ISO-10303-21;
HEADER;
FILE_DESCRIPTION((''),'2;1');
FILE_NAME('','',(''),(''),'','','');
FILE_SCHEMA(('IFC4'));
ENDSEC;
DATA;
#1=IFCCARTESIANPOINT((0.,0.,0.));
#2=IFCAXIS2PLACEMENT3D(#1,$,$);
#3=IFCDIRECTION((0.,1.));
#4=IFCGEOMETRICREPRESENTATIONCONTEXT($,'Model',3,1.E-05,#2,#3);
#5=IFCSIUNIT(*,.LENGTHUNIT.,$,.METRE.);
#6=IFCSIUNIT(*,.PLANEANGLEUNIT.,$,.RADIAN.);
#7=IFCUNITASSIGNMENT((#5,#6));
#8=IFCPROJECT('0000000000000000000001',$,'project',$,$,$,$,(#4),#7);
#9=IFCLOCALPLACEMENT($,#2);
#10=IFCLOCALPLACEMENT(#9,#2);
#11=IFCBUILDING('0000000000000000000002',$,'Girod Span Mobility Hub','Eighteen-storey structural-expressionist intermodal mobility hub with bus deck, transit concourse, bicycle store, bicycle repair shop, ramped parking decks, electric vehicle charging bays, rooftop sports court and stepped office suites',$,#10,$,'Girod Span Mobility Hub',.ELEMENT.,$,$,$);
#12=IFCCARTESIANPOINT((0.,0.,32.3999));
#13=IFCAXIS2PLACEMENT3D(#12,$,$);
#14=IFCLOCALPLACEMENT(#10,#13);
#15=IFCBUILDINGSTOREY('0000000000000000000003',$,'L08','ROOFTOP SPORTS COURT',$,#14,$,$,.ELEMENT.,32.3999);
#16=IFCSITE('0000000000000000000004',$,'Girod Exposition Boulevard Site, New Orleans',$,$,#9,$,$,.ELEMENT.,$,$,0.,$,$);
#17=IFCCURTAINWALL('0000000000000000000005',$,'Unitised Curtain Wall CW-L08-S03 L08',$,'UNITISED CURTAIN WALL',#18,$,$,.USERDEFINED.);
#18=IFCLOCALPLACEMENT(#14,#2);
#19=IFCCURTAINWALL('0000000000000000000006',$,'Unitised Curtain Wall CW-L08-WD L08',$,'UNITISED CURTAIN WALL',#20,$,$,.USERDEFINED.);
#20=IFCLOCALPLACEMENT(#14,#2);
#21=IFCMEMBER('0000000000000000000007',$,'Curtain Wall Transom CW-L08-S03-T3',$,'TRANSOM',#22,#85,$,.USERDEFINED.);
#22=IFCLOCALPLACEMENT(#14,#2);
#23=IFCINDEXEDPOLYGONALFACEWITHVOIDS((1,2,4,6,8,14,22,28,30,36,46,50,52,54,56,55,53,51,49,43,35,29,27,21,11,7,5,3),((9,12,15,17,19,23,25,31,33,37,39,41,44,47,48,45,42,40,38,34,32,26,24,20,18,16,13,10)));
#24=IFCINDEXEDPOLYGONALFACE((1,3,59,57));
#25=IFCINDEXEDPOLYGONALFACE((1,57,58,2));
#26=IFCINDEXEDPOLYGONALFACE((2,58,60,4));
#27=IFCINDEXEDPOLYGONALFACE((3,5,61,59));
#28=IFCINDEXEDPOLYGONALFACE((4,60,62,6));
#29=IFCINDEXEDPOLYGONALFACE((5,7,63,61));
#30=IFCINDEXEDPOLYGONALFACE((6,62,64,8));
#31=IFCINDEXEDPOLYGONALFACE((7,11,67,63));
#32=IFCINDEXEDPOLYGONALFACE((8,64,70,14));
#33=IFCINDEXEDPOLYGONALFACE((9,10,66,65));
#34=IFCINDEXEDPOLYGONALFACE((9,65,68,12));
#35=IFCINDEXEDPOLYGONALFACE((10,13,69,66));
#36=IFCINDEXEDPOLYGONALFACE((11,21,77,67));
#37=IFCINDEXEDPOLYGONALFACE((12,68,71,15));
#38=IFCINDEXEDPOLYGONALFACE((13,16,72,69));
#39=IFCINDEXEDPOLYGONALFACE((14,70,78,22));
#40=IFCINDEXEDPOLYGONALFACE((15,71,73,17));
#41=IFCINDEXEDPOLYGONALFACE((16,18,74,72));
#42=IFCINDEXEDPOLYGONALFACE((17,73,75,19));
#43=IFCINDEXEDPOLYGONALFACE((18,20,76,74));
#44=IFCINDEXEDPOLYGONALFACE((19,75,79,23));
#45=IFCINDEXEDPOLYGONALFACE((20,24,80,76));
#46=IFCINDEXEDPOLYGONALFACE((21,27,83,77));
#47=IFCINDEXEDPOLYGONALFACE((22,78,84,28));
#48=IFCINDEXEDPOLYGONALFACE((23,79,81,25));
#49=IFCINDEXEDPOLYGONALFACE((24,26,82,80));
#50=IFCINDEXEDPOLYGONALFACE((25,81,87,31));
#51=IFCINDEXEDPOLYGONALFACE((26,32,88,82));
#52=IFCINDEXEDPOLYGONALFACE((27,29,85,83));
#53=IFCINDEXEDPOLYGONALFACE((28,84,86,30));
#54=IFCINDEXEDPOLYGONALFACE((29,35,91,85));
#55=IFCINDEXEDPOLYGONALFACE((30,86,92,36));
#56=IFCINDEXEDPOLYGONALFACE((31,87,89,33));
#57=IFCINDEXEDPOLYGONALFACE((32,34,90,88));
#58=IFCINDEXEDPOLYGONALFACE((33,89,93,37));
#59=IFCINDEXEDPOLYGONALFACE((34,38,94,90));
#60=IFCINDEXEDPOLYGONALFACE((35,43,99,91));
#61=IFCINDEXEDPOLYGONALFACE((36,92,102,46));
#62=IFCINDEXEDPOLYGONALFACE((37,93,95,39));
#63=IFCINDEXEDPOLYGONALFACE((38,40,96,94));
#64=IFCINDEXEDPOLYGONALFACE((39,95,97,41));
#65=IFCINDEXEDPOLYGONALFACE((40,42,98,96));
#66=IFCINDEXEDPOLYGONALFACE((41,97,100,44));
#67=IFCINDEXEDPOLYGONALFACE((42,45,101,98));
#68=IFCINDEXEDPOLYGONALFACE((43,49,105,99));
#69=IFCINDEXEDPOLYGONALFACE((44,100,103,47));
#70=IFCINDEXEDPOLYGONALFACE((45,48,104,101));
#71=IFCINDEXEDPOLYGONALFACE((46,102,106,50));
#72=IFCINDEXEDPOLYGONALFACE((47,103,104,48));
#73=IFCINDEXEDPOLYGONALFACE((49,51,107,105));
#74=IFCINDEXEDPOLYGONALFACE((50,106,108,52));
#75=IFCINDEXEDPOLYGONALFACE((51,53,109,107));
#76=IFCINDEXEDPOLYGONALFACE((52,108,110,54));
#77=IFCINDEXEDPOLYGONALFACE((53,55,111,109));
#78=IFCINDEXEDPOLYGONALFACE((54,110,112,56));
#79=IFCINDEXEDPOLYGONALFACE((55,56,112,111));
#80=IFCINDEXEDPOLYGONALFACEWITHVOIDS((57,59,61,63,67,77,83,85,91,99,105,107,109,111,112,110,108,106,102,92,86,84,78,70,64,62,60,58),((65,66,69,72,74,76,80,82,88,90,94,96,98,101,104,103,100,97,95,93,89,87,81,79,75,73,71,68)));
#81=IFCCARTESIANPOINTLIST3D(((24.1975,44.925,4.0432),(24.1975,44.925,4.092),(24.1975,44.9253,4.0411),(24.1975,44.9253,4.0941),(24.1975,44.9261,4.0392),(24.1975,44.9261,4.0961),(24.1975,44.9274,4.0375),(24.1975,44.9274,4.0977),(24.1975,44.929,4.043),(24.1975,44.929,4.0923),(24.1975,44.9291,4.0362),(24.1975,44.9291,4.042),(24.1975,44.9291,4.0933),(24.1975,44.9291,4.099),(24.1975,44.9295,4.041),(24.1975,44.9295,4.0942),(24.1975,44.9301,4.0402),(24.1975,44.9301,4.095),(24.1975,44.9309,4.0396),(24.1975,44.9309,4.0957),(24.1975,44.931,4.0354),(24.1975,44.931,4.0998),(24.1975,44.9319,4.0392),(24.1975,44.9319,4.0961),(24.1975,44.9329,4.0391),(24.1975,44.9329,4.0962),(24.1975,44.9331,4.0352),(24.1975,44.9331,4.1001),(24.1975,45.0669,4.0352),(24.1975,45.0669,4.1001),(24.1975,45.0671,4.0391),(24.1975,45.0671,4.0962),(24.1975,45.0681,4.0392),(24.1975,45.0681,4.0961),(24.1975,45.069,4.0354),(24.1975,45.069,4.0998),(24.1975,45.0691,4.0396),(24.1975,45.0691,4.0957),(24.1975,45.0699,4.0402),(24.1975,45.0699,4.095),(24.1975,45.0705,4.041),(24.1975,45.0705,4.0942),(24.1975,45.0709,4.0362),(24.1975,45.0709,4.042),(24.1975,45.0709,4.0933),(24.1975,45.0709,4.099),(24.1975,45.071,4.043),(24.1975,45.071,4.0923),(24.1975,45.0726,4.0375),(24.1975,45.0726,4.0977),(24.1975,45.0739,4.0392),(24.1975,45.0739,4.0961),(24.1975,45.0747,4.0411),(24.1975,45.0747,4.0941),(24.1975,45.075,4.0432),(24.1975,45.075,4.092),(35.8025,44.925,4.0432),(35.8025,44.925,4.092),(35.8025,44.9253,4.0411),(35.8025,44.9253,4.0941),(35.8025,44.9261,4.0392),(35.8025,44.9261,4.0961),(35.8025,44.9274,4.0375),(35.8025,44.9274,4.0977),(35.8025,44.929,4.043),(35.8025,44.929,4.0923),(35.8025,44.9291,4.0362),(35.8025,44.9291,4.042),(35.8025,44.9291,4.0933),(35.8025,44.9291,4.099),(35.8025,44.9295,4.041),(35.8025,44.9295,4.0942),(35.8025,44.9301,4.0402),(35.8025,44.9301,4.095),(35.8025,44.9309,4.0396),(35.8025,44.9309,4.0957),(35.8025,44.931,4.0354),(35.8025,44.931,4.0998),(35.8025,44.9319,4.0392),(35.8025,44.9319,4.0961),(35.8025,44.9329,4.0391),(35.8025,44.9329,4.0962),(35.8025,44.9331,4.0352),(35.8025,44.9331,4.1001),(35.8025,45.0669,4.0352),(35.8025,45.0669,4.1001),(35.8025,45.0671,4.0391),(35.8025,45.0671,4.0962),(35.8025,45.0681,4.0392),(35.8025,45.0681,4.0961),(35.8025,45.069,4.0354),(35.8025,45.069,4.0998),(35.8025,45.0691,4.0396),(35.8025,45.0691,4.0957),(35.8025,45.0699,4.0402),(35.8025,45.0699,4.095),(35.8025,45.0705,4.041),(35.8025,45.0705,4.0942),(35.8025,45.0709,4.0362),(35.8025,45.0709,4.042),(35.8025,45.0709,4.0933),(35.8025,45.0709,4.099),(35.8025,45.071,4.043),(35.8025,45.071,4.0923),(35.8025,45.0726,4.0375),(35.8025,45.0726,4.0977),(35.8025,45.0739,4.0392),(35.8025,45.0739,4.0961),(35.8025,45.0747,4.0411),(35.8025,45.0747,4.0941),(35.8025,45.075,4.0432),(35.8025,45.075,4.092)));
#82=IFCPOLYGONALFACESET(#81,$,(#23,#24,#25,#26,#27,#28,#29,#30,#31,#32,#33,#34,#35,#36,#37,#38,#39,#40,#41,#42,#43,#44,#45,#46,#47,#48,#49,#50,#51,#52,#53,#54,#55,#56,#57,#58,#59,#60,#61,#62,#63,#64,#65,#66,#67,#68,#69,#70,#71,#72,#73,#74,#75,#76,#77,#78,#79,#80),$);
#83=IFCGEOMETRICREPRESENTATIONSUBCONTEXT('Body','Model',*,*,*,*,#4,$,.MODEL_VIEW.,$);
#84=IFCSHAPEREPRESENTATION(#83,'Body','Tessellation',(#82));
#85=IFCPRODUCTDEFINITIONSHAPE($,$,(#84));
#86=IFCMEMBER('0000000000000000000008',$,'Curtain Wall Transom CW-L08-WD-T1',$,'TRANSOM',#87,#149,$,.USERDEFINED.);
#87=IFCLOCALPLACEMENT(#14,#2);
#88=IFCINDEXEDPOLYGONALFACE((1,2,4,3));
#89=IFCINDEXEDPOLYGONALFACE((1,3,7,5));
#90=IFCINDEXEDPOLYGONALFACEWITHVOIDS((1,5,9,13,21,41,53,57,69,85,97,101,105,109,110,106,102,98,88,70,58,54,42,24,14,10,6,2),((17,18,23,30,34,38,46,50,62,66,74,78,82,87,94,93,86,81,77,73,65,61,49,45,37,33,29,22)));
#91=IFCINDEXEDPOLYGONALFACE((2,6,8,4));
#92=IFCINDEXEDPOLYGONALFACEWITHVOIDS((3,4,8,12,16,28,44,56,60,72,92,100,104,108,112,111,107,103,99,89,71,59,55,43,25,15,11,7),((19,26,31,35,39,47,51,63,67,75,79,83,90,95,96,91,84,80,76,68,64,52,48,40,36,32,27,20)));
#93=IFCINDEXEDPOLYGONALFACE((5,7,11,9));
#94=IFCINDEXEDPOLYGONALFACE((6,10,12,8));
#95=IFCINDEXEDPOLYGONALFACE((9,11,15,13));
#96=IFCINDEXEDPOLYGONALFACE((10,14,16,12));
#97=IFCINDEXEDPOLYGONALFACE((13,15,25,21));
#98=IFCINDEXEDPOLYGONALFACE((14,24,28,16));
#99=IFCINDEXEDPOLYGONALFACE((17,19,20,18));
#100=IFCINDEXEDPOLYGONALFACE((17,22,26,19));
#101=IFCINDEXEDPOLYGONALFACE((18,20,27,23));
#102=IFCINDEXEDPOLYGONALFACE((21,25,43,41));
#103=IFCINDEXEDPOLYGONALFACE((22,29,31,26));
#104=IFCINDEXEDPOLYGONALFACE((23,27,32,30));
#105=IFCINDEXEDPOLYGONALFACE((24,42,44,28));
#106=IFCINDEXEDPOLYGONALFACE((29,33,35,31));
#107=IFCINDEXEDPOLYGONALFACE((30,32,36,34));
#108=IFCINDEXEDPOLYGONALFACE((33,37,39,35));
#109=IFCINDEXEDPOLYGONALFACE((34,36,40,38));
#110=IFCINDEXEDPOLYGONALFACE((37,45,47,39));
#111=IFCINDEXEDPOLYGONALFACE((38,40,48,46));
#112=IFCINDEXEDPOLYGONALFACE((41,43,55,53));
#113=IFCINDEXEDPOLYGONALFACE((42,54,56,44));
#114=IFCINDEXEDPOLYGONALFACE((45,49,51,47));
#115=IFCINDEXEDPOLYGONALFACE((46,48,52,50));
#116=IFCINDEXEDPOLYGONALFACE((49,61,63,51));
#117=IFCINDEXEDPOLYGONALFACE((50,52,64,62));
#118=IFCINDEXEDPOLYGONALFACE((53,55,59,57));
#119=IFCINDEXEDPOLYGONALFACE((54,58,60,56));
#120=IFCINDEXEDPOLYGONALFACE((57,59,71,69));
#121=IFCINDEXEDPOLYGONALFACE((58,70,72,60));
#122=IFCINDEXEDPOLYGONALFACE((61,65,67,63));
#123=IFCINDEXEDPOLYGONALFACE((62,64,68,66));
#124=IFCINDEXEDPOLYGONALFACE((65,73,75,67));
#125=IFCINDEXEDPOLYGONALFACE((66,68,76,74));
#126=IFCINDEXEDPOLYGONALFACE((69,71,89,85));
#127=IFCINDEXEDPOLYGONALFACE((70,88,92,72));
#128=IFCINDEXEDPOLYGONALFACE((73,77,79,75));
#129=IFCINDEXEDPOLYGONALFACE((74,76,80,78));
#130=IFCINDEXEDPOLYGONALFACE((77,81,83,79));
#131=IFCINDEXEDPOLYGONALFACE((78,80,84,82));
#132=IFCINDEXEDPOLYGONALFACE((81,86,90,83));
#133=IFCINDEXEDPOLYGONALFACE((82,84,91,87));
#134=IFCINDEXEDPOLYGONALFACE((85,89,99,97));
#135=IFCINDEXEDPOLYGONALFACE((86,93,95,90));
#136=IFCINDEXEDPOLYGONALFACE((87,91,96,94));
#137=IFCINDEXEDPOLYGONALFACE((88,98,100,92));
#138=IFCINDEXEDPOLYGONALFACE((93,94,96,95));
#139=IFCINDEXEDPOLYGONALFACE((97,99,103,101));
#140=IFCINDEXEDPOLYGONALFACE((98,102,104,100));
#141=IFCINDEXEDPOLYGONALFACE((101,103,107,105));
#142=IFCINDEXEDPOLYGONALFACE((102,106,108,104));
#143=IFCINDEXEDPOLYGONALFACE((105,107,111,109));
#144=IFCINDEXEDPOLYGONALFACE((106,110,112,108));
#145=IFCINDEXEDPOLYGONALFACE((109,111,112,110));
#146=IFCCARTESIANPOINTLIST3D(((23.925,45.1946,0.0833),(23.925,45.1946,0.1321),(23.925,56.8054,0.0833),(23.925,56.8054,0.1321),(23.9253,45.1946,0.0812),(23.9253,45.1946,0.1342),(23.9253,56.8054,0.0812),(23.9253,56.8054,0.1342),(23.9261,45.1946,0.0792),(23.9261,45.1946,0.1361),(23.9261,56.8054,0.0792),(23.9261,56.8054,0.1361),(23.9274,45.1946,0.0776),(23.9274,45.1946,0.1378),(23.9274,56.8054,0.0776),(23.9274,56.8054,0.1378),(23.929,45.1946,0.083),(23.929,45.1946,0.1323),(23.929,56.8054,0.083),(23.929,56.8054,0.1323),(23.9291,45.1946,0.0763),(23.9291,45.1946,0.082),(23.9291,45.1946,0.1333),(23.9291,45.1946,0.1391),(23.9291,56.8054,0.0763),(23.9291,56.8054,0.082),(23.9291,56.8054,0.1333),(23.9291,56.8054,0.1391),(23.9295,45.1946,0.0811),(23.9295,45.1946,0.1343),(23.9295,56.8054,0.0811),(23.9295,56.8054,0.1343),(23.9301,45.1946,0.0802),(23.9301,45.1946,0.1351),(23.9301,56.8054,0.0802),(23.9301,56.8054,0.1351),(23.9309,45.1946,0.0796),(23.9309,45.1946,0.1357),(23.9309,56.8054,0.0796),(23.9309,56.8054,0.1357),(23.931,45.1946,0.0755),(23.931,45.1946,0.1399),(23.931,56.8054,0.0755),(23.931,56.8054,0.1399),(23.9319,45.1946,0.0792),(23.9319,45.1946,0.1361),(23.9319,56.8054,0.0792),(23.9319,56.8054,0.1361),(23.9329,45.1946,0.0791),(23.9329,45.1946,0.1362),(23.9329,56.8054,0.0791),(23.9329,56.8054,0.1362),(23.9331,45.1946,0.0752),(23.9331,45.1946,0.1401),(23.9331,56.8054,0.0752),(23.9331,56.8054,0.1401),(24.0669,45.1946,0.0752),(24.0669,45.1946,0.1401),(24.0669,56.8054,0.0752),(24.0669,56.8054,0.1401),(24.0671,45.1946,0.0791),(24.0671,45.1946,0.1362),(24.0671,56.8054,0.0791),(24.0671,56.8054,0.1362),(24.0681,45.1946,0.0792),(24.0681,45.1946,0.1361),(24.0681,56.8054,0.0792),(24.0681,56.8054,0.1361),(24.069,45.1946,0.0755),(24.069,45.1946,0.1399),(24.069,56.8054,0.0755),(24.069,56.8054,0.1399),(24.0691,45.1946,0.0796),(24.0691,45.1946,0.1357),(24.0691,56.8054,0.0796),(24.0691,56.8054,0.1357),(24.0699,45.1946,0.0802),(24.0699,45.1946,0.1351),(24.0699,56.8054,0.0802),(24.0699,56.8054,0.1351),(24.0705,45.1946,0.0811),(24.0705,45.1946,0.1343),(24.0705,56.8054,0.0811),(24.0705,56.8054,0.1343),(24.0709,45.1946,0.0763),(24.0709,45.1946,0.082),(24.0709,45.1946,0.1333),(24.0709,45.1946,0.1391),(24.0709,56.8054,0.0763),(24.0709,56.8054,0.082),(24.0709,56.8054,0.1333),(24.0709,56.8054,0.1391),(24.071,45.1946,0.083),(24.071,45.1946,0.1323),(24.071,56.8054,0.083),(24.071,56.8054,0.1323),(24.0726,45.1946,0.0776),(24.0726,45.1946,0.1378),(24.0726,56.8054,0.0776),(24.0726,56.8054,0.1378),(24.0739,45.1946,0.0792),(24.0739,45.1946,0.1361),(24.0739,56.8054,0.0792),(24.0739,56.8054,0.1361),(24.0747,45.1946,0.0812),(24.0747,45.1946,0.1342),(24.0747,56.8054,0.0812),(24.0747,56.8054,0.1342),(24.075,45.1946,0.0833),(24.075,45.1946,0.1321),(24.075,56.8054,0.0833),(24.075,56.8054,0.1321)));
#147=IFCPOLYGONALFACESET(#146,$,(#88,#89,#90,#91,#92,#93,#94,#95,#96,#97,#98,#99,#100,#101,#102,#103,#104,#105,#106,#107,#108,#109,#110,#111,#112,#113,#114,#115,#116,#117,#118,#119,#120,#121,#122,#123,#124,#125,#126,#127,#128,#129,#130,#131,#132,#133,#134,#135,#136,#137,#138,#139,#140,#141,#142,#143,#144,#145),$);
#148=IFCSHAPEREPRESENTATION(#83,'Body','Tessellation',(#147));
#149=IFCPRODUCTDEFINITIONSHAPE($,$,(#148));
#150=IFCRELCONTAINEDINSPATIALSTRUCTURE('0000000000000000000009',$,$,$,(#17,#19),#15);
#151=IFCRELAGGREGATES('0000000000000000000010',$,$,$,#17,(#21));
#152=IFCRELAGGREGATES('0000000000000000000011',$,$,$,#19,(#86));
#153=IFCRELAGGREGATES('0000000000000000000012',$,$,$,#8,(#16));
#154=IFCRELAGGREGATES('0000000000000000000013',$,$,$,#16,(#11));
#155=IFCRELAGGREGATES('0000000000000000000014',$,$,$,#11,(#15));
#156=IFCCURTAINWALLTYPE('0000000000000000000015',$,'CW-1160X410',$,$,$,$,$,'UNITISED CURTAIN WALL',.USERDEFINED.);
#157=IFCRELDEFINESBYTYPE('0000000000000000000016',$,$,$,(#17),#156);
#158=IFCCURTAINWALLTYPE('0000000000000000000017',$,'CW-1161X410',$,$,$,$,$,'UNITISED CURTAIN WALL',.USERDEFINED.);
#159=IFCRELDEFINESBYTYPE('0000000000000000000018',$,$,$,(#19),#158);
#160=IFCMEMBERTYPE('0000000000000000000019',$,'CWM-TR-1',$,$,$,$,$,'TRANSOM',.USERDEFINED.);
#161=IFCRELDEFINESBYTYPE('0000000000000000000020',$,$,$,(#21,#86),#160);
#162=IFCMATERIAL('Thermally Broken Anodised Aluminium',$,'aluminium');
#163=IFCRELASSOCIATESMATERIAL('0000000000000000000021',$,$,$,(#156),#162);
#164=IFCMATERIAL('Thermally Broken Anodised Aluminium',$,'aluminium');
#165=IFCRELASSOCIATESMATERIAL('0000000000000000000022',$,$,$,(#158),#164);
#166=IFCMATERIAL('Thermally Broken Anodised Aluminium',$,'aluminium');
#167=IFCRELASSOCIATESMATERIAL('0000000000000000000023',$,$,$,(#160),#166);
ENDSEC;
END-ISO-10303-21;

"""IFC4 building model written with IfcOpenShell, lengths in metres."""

from ifc_helpers import new_model, si_unit, direction, frame, origin, origin_2d, place, context, subcontext, project, spatial, hollow_rectangle, extrude, material, material_profile, profile_set, type_object, element, aggregate, save


model = new_model("IFC4")

# Units and contexts
model_context = context("Model", 3, precision=1e-05, world=origin(), true_north=direction((0.0, 1.0)))
body_context = subcontext(model_context, "Body", "Model", "MODEL_VIEW")
ifc_project = project(units=[si_unit("LENGTHUNIT", "METRE"), si_unit("PLANEANGLEUNIT", "RADIAN")], contexts=[model_context])

# Site, building, storey
site_placement = place(None, origin())
site = spatial("IfcSite", under=ifc_project, at=site_placement, Name="Girod Exposition Boulevard Site, New Orleans", CompositionType="ELEMENT", RefElevation=0.0)
building_placement = place(site_placement, origin())
building = spatial("IfcBuilding", under=site, at=building_placement, Name="Girod Span Mobility Hub", Description="Eighteen-storey structural-expressionist intermodal mobility hub with bus deck, transit concourse, bicycle store, bicycle repair shop, ramped parking decks, electric vehicle charging bays, rooftop sports court and stepped office suites", LongName="Girod Span Mobility Hub", CompositionType="ELEMENT")
storey_placement = place(building_placement, frame((0.0, 0.0, 32.3999)))
storey = spatial("IfcBuildingStorey", under=building, at=storey_placement, Name="L08", Description="ROOFTOP SPORTS COURT", CompositionType="ELEMENT", Elevation=32.3999)

# Curtain walls
ifc_material_1 = material(Name="Thermally Broken Anodised Aluminium", Category="aluminium")
curtain_wall_type_1 = type_object("IfcCurtainWallType", Name="CW-1160X410", ElementType="UNITISED CURTAIN WALL", PredefinedType="USERDEFINED", material=ifc_material_1)
curtain_wall_1_placement = place(storey_placement, origin())
curtain_wall_1 = element("IfcCurtainWall", 1, at=curtain_wall_1_placement, inside=storey, type_object=curtain_wall_type_1, Name="Unitised Curtain Wall CW-L08-S03 L08", ObjectType="UNITISED CURTAIN WALL", PredefinedType="USERDEFINED")
ifc_material_2 = material(Name="Thermally Broken Anodised Aluminium", Category="aluminium")
curtain_wall_type_2 = type_object("IfcCurtainWallType", Name="CW-1161X410", ElementType="UNITISED CURTAIN WALL", PredefinedType="USERDEFINED", material=ifc_material_2)
curtain_wall_2_placement = place(storey_placement, origin())
curtain_wall_2 = element("IfcCurtainWall", 2, at=curtain_wall_2_placement, inside=storey, type_object=curtain_wall_type_2, Name="Unitised Curtain Wall CW-L08-WD L08", ObjectType="UNITISED CURTAIN WALL", PredefinedType="USERDEFINED")

# Members
ifc_material_3 = material(Name="Thermally Broken Anodised Aluminium", Category="aluminium")
ifc_material_profile_1 = material_profile(ifc_material_3, hollow_rectangle(XDim=0.1499, YDim=0.0649, WallThickness=0.0039, InnerFilletRadius=0.0039, OuterFilletRadius=0.0081, at=origin_2d()), Name="CW-TR-65X150")
ifc_profile_set_1 = profile_set([ifc_material_profile_1], Name="Thermally Broken Anodised Aluminium")
member_type_1 = type_object("IfcMemberType", Name="CWM-TR-1", ElementType="TRANSOM", PredefinedType="USERDEFINED", material=ifc_profile_set_1)
member_1_placement = place(storey_placement, frame((24.1975, 45.0, 4.0676), z_axis=(1.0, 0.0, 0.0), x_axis=(0.0, 1.0, 0.0)))
member_1 = element("IfcMember", 3, at=member_1_placement, type_object=member_type_1, Name="Curtain Wall Transom CW-L08-S03-T3", ObjectType="TRANSOM", PredefinedType="USERDEFINED", context=body_context, shape_type="SweptSolid", body=[
    extrude(hollow_rectangle(XDim=0.1499, YDim=0.0649, WallThickness=0.0039, InnerFilletRadius=0.0039, OuterFilletRadius=0.0081, at=origin_2d()), origin(), (0.0, 0.0, 1.0), 11.605),
])
member_2_placement = place(storey_placement, frame((24.0, 45.1946, 0.1077), z_axis=(0.0, 1.0, 0.0), x_axis=(-1.0, 0.0, 0.0)))
member_2 = element("IfcMember", 4, at=member_2_placement, type_object=member_type_1, Name="Curtain Wall Transom CW-L08-WD-T1", ObjectType="TRANSOM", PredefinedType="USERDEFINED", context=body_context, shape_type="SweptSolid", body=[
    extrude(hollow_rectangle(XDim=0.1499, YDim=0.0649, WallThickness=0.0039, InnerFilletRadius=0.0039, OuterFilletRadius=0.0081, at=origin_2d()), origin(), (0.0, 0.0, 1.0), 11.6108),
])

aggregate(curtain_wall_1, [member_1])
aggregate(curtain_wall_2, [member_2])

save(model, "model.ifc")
